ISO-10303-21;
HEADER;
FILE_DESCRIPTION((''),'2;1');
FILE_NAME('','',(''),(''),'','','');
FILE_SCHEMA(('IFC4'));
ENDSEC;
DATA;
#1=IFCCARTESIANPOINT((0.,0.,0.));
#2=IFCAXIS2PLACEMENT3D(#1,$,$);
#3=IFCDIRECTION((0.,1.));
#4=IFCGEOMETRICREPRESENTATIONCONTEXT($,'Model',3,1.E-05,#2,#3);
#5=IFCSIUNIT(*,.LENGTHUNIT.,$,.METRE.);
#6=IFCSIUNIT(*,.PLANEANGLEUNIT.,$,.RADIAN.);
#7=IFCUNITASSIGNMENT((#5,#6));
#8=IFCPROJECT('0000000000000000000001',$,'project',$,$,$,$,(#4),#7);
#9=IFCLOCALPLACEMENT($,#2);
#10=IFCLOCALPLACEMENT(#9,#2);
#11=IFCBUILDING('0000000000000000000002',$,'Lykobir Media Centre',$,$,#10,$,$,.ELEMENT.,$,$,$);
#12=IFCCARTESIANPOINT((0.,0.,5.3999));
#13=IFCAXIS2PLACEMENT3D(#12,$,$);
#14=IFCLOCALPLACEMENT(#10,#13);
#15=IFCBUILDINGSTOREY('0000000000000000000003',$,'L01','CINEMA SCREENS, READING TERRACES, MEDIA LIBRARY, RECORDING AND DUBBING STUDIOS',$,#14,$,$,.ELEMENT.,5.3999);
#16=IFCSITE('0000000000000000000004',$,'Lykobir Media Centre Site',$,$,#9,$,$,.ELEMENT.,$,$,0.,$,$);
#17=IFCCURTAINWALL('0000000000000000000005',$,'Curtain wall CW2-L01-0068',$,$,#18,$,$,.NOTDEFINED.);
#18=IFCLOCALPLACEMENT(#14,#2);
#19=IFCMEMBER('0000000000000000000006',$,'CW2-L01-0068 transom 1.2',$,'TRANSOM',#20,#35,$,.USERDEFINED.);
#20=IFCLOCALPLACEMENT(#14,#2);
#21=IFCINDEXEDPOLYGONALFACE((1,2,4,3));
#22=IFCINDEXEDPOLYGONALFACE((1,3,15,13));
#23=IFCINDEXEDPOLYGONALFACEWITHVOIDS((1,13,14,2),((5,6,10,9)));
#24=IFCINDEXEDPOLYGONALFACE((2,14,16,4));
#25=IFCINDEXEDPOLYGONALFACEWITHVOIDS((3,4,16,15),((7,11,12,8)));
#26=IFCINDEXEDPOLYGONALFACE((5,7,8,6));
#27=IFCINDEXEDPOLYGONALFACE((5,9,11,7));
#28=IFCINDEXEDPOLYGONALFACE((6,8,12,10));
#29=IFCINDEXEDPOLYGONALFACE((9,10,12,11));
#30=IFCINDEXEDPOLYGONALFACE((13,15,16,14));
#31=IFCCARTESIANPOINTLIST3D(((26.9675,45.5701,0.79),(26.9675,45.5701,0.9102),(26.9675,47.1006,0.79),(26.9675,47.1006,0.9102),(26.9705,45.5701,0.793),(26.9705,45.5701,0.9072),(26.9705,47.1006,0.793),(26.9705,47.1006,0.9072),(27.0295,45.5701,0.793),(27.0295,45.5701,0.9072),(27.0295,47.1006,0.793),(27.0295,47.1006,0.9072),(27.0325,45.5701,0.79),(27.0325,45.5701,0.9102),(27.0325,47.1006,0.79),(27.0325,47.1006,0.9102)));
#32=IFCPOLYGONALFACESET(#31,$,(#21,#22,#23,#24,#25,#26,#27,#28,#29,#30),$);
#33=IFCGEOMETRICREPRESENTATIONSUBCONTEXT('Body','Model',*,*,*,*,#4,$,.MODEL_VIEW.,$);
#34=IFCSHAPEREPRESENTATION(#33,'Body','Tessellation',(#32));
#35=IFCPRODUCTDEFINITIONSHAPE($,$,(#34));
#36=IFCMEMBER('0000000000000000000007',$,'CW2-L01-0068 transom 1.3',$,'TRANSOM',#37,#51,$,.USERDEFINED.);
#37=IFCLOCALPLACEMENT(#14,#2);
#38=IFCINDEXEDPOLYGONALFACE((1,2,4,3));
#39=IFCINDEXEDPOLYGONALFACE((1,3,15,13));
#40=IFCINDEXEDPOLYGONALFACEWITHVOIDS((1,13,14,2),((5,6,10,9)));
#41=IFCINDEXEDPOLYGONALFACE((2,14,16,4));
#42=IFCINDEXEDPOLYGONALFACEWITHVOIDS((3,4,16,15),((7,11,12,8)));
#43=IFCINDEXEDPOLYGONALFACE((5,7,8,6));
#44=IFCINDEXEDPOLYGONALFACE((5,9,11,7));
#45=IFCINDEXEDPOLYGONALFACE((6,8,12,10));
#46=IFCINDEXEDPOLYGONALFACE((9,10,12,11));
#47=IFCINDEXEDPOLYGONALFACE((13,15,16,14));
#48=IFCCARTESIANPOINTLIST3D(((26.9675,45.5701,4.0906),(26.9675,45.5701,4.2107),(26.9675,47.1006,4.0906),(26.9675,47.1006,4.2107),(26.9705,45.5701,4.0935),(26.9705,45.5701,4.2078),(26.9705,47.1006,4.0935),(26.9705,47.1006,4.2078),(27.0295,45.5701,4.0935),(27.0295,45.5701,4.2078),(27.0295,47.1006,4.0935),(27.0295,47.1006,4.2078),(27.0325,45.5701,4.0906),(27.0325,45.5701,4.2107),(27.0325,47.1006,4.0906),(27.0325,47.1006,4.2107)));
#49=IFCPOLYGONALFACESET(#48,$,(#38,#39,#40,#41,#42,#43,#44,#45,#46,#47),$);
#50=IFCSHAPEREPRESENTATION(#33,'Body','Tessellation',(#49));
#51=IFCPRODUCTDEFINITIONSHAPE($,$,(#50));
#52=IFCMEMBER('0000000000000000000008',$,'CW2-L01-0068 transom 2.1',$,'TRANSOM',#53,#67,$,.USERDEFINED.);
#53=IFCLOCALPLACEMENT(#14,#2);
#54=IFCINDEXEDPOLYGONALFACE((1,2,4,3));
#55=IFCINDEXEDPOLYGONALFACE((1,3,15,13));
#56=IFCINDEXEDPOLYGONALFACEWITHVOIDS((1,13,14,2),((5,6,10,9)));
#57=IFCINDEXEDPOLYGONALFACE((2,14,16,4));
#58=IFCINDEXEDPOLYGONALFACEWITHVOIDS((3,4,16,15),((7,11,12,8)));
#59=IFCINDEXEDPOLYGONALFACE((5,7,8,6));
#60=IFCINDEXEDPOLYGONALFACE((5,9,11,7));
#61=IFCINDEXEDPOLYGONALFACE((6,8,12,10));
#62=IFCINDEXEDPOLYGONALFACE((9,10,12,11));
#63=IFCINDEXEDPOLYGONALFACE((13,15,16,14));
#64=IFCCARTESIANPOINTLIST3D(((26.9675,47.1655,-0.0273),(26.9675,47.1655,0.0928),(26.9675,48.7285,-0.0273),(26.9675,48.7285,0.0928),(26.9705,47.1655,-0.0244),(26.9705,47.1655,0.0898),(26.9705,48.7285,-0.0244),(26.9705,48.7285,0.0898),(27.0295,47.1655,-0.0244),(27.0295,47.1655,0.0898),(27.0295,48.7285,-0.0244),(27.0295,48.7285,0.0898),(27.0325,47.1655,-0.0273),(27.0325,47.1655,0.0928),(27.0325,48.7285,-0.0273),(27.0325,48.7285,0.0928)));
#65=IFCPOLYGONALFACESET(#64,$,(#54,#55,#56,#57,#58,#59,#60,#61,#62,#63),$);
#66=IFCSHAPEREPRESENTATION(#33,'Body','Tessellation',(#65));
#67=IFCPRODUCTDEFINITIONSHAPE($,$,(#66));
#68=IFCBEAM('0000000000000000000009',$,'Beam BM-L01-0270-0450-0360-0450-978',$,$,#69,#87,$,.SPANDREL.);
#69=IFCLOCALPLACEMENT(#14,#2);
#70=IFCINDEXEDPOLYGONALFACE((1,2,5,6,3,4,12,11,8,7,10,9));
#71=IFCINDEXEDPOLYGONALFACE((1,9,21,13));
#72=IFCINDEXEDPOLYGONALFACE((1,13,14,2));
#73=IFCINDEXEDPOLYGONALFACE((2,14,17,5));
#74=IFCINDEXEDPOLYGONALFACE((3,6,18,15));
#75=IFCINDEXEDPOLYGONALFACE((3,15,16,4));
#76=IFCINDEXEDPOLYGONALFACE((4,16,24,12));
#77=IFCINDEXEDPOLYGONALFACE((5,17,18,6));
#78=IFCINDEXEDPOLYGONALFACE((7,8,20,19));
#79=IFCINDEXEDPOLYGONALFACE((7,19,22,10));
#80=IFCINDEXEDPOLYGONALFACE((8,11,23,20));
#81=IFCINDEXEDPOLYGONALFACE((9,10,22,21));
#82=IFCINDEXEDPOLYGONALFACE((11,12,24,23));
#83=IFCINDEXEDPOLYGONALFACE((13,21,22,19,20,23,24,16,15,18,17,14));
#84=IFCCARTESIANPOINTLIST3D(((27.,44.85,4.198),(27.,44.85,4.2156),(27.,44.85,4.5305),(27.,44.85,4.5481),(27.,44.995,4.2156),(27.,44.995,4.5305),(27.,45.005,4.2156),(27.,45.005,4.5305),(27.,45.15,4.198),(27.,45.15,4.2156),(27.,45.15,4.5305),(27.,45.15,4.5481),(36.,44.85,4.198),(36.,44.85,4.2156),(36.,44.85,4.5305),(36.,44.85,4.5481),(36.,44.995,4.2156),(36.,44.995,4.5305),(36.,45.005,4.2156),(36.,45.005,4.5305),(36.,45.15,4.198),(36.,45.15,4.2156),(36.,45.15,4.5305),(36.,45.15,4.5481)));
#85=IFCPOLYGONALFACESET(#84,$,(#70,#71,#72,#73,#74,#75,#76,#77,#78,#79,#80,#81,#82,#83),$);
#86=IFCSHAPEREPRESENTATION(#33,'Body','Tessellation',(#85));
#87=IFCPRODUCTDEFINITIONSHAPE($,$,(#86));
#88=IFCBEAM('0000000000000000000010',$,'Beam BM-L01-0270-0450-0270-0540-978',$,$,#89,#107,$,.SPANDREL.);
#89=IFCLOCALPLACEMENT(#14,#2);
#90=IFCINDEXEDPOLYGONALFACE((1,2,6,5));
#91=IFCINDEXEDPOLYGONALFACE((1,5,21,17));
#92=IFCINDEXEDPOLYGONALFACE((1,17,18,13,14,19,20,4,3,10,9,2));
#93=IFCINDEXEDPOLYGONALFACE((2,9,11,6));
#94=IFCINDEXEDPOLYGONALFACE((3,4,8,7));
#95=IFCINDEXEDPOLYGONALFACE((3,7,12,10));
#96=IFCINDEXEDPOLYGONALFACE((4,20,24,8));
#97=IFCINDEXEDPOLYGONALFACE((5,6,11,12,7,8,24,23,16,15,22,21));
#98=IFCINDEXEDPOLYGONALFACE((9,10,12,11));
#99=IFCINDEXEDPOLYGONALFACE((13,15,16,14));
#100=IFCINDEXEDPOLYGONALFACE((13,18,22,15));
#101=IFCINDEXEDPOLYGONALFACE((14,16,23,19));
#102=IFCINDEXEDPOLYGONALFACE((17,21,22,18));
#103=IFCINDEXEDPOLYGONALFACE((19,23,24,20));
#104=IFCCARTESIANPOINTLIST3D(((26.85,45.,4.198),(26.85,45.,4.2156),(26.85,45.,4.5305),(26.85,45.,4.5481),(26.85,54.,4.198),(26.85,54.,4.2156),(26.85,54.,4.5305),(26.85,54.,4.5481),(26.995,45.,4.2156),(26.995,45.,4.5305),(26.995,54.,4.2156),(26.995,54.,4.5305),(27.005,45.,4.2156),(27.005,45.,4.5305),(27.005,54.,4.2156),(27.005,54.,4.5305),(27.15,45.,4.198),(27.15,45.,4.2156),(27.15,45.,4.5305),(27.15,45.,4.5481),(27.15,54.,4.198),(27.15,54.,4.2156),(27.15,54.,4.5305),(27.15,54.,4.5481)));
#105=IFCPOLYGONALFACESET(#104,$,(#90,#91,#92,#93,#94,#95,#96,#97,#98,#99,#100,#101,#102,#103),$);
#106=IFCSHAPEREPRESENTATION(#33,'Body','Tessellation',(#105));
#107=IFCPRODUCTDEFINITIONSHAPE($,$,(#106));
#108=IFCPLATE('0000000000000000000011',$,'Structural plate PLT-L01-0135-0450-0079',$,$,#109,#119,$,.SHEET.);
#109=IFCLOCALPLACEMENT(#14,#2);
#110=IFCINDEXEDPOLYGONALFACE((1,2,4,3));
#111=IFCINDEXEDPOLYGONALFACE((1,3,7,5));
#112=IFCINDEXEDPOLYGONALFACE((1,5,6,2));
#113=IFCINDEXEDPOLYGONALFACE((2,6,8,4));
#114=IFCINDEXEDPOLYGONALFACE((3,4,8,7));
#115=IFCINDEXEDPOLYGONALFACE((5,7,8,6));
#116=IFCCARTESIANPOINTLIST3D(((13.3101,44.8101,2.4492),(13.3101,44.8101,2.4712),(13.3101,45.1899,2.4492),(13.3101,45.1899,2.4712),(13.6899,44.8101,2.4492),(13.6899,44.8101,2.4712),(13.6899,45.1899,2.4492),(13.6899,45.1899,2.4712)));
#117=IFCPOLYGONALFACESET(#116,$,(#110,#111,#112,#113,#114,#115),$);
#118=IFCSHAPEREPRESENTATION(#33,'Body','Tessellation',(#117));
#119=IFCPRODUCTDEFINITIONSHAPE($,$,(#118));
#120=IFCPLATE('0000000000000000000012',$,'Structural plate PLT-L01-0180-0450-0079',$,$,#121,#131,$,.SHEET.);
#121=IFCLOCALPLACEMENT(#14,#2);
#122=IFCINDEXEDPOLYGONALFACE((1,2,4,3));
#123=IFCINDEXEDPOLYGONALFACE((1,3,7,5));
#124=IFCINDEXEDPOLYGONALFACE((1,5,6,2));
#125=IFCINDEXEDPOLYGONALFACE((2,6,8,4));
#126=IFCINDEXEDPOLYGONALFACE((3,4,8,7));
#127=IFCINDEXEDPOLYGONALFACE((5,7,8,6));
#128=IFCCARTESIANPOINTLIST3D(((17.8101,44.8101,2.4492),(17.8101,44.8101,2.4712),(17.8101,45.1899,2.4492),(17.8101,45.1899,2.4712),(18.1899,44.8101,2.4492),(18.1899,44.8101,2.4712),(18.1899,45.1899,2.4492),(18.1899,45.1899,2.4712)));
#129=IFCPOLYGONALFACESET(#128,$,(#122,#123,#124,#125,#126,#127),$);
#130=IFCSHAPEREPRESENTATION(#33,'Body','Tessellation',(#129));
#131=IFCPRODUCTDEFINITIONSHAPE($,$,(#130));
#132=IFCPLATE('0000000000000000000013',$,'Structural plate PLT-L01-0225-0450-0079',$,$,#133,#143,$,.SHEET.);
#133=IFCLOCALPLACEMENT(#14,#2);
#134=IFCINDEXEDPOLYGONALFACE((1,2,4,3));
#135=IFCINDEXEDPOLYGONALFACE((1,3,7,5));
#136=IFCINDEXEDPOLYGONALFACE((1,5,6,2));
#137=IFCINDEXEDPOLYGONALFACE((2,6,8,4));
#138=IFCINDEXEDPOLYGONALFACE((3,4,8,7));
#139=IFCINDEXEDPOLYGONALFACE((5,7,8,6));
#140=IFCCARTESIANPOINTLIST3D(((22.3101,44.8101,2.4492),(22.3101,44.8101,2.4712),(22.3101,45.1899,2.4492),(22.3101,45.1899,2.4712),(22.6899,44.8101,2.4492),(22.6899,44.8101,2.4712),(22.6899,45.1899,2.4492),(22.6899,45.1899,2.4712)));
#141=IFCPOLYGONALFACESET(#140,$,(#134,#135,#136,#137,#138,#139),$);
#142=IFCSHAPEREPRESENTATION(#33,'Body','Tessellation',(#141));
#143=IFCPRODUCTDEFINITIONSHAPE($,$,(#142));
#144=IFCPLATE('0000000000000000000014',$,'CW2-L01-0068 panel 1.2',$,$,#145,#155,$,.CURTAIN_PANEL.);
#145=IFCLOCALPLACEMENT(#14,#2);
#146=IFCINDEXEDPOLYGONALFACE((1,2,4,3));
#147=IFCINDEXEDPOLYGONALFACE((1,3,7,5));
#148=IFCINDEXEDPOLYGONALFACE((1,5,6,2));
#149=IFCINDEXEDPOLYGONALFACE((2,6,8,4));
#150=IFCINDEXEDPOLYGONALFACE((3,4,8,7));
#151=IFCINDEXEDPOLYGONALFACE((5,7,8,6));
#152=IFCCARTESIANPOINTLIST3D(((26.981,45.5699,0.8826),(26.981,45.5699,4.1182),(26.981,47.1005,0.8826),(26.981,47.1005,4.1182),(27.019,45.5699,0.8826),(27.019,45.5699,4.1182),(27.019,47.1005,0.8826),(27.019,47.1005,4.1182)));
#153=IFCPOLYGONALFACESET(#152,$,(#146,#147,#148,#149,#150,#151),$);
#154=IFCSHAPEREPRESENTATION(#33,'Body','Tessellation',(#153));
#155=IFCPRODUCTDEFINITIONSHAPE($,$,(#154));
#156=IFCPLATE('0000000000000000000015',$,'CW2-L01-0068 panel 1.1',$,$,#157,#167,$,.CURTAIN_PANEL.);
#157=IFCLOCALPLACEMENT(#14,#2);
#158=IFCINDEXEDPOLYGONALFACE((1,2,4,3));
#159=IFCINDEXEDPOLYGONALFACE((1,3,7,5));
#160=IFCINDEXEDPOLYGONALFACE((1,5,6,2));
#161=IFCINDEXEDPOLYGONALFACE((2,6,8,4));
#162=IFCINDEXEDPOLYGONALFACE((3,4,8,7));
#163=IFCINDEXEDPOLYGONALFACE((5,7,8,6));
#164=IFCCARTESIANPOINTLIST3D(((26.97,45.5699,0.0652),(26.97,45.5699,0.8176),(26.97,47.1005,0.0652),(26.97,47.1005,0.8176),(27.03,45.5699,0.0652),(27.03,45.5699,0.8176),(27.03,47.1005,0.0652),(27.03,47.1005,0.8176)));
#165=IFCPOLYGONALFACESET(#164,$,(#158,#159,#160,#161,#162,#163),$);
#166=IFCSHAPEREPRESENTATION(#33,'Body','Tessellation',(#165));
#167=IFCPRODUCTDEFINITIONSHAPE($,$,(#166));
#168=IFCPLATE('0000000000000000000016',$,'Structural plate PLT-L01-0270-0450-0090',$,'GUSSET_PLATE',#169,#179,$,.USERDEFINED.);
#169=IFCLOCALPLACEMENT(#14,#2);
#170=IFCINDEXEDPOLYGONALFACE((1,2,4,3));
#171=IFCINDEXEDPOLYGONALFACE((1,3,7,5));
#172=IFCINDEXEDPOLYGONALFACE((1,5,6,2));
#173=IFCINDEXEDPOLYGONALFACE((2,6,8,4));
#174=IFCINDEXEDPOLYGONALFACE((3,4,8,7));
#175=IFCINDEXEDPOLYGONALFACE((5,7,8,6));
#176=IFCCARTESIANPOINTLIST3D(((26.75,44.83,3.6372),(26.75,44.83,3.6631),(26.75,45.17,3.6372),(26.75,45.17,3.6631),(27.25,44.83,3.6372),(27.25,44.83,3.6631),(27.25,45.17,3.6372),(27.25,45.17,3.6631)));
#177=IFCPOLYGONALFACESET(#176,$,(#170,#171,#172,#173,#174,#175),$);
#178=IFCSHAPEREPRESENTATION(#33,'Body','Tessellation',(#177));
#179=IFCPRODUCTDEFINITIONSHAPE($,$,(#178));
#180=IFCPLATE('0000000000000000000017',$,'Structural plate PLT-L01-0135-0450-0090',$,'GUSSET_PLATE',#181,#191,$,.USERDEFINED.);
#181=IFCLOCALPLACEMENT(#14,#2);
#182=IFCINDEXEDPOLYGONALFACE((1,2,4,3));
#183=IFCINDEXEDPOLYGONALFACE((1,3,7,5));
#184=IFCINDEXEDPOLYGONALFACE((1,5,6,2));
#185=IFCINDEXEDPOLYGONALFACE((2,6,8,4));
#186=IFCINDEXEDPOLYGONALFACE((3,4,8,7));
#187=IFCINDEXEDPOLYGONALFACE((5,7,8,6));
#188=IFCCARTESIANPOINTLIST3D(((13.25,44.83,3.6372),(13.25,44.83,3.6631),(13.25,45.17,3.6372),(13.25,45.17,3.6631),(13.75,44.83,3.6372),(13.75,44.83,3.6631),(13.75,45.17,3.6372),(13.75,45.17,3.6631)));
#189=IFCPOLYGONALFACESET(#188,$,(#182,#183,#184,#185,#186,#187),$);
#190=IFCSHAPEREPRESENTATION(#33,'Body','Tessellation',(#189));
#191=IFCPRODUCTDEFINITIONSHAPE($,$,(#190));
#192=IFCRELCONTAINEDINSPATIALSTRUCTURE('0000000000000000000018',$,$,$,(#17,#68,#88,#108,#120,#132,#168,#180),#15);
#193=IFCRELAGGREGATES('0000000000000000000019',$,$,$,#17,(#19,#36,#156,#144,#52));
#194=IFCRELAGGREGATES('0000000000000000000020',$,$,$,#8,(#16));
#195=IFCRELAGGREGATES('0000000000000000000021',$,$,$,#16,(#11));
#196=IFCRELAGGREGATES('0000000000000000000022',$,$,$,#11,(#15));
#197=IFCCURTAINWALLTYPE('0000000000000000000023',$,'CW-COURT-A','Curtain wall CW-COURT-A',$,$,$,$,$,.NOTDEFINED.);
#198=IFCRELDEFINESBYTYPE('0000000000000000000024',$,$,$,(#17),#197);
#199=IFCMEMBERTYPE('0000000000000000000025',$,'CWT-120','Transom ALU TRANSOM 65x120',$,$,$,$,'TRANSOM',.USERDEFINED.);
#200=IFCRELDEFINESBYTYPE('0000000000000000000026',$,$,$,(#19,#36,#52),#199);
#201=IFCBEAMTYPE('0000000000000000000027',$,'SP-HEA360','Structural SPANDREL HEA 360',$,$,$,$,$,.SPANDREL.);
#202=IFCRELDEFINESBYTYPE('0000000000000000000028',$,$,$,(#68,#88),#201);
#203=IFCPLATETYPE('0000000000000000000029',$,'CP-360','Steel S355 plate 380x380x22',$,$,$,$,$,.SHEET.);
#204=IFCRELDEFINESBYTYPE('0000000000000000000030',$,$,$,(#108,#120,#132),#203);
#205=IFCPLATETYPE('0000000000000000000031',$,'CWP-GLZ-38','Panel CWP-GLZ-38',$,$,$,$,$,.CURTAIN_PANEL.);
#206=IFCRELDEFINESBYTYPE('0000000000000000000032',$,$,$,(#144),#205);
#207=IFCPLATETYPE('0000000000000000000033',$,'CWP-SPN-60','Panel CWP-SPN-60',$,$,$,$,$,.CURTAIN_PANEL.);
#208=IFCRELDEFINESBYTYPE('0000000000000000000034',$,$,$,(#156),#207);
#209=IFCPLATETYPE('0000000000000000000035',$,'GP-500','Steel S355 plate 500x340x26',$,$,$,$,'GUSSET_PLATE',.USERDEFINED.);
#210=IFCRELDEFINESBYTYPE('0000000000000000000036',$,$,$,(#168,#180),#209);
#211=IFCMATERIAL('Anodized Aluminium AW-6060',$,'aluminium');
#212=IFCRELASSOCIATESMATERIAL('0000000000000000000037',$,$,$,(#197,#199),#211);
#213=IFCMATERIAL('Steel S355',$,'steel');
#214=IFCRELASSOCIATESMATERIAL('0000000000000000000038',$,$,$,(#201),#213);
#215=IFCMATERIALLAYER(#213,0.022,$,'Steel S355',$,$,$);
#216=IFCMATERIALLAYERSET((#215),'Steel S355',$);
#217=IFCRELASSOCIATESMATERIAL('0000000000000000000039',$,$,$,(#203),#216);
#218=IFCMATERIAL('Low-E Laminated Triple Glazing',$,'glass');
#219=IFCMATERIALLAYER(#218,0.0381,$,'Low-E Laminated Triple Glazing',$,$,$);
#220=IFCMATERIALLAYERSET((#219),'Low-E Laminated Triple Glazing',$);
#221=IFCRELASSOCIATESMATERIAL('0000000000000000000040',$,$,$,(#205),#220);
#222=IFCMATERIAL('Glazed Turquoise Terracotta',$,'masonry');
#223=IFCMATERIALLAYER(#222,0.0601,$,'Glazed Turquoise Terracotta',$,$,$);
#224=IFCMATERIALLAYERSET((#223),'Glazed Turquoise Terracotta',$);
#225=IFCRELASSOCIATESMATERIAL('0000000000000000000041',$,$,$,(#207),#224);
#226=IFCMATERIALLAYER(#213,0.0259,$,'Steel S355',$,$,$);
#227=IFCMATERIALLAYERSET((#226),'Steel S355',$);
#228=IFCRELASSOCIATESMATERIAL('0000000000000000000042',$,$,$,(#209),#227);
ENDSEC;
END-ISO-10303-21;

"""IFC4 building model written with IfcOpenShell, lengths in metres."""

from ifc_helpers import new_model, si_unit, direction, frame, origin, origin_2d, place, context, subcontext, project, spatial, rectangle, hollow_rectangle, i_section, extrude, material, layer, layer_set, material_profile, profile_set, type_object, element, aggregate, save


model = new_model("IFC4")

# Units and contexts
model_context = context("Model", 3, precision=1e-05, world=origin(), true_north=direction((0.0, 1.0)))
body_context = subcontext(model_context, "Body", "Model", "MODEL_VIEW")
ifc_project = project(units=[si_unit("LENGTHUNIT", "METRE"), si_unit("PLANEANGLEUNIT", "RADIAN")], contexts=[model_context])

# Site, building, storey
site_placement = place(None, origin())
site = spatial("IfcSite", under=ifc_project, at=site_placement, Name="Lykobir Media Centre Site", CompositionType="ELEMENT", RefElevation=0.0)
building_placement = place(site_placement, origin())
building = spatial("IfcBuilding", under=site, at=building_placement, Name="Lykobir Media Centre", CompositionType="ELEMENT")
storey_placement = place(building_placement, frame((0.0, 0.0, 5.3999)))
storey = spatial("IfcBuildingStorey", under=building, at=storey_placement, Name="L01", Description="CINEMA SCREENS, READING TERRACES, MEDIA LIBRARY, RECORDING AND DUBBING STUDIOS", CompositionType="ELEMENT", Elevation=5.3999)

# Shared definitions
ifc_material_1 = material(Name="Steel S355", Category="steel")

# Curtain wall, members
ifc_material_2 = material(Name="Anodized Aluminium AW-6060", Category="aluminium")
curtain_wall_type = type_object("IfcCurtainWallType", Name="CW-COURT-A", Description="Curtain wall CW-COURT-A", PredefinedType="NOTDEFINED", material=ifc_material_2)
curtain_wall_placement = place(storey_placement, origin())
curtain_wall = element("IfcCurtainWall", 1, at=curtain_wall_placement, inside=storey, type_object=curtain_wall_type, Name="Curtain wall CW2-L01-0068", PredefinedType="NOTDEFINED")
ifc_material_profile_1 = material_profile(ifc_material_2, hollow_rectangle(XDim=0.0649, YDim=0.1201, WallThickness=0.0029, at=origin_2d()), Name="ALU TRANSOM 65x120")
ifc_profile_set_1 = profile_set([ifc_material_profile_1], Name="Anodized Aluminium AW-6060")
member_type_1 = type_object("IfcMemberType", Name="CWT-120", Description="Transom ALU TRANSOM 65x120", ElementType="TRANSOM", PredefinedType="USERDEFINED", material=ifc_profile_set_1)
member_1_placement = place(storey_placement, frame((27.0, 45.5701, 0.8501), z_axis=(0.0, 1.0, 0.0), x_axis=(-1.0, 0.0, 0.0)))
member_1 = element("IfcMember", 2, at=member_1_placement, type_object=member_type_1, Name="CW2-L01-0068 transom 1.2", ObjectType="TRANSOM", PredefinedType="USERDEFINED", context=body_context, shape_type="SweptSolid", body=[
    extrude(hollow_rectangle(XDim=0.0649, YDim=0.1201, WallThickness=0.0029, at=origin_2d()), origin(), (0.0, 0.0, 1.0), 1.5305),
])
member_2_placement = place(storey_placement, frame((27.0, 45.5701, 4.1506), z_axis=(0.0, 1.0, 0.0), x_axis=(-1.0, 0.0, 0.0)))
member_2 = element("IfcMember", 3, at=member_2_placement, type_object=member_type_1, Name="CW2-L01-0068 transom 1.3", ObjectType="TRANSOM", PredefinedType="USERDEFINED", context=body_context, shape_type="SweptSolid", body=[
    extrude(hollow_rectangle(XDim=0.0649, YDim=0.1201, WallThickness=0.0029, at=origin_2d()), origin(), (0.0, 0.0, 1.0), 1.5305),
])
member_3_placement = place(storey_placement, frame((27.0, 47.1655, 0.0327), z_axis=(0.0, 1.0, 0.0), x_axis=(-1.0, 0.0, 0.0)))
member_3 = element("IfcMember", 4, at=member_3_placement, type_object=member_type_1, Name="CW2-L01-0068 transom 2.1", ObjectType="TRANSOM", PredefinedType="USERDEFINED", context=body_context, shape_type="SweptSolid", body=[
    extrude(hollow_rectangle(XDim=0.0649, YDim=0.1201, WallThickness=0.0029, at=origin_2d()), origin(), (0.0, 0.0, 1.0), 1.563),
])

# Beams
ifc_material_profile_2 = material_profile(ifc_material_1, i_section(OverallWidth=0.3, OverallDepth=0.3501, WebThickness=0.01, FlangeThickness=0.0176, at=origin_2d()), Name="HEA 360")
ifc_profile_set_2 = profile_set([ifc_material_profile_2], Name="Steel S355")
beam_type = type_object("IfcBeamType", Name="SP-HEA360", Description="Structural SPANDREL HEA 360", PredefinedType="SPANDREL", material=ifc_profile_set_2)
for number, where, z_axis, x_axis, name in (
    (5, (27.0, 45.0, 4.373), (1.0, 0.0, 0.0), (0.0, 1.0, 0.0), "Beam BM-L01-0270-0450-0360-0450-978"),
    (6, (27.0, 45.0, 4.373), (0.0, 1.0, 0.0), (-1.0, 0.0, 0.0), "Beam BM-L01-0270-0450-0270-0540-978"),
):
    element("IfcBeam", number, at=place(storey_placement, frame(where, z_axis=z_axis, x_axis=x_axis)), inside=storey, type_object=beam_type, Name=name, PredefinedType="SPANDREL", context=body_context, shape_type="SweptSolid", body=[
        extrude(i_section(OverallWidth=0.3, OverallDepth=0.3501, WebThickness=0.01, FlangeThickness=0.0176, at=origin_2d()), origin(), (0.0, 0.0, 1.0), 9.0),
    ])

# Plates
ifc_layer_1 = layer(ifc_material_1, 0.022, Name="Steel S355")
ifc_layer_set_1 = layer_set([ifc_layer_1], Name="Steel S355")
plate_type_1 = type_object("IfcPlateType", Name="CP-360", Description="Steel S355 plate 380x380x22", PredefinedType="SHEET", material=ifc_layer_set_1)
for number, where, z_axis, x_axis, name in (
    (7, (13.5, 45.0, 2.4492), (0.0, 0.0, 1.0), (1.0, 0.0, 0.0), "Structural plate PLT-L01-0135-0450-0079"),
    (8, (18.0, 45.0, 2.4492), (0.0, 0.0, 1.0), (1.0, 0.0, 0.0), "Structural plate PLT-L01-0180-0450-0079"),
    (9, (22.5, 45.0, 2.4492), (0.0, 0.0, 1.0), (1.0, 0.0, 0.0), "Structural plate PLT-L01-0225-0450-0079"),
):
    element("IfcPlate", number, at=place(storey_placement, frame(where, z_axis=z_axis, x_axis=x_axis)), inside=storey, type_object=plate_type_1, Name=name, PredefinedType="SHEET", context=body_context, shape_type="SweptSolid", body=[
        extrude(rectangle(XDim=0.3799, YDim=0.3799, at=origin_2d()), origin(), (0.0, 0.0, 1.0), 0.022),
    ])

# Plates
ifc_material_3 = material(Name="Low-E Laminated Triple Glazing", Category="glass")
ifc_layer_2 = layer(ifc_material_3, 0.0381, Name="Low-E Laminated Triple Glazing")
ifc_layer_set_2 = layer_set([ifc_layer_2], Name="Low-E Laminated Triple Glazing")
plate_type_2 = type_object("IfcPlateType", Name="CWP-GLZ-38", Description="Panel CWP-GLZ-38", PredefinedType="CURTAIN_PANEL", material=ifc_layer_set_2)
plate_1_placement = place(storey_placement, frame((27.0, 46.3352, 0.8826), z_axis=(0.0, 0.0, 1.0), x_axis=(0.0, 1.0, 0.0)))
plate_1 = element("IfcPlate", 10, at=plate_1_placement, type_object=plate_type_2, Name="CW2-L01-0068 panel 1.2", PredefinedType="CURTAIN_PANEL", context=body_context, shape_type="SweptSolid", body=[
    extrude(rectangle(XDim=1.5305, YDim=0.0381, at=origin_2d()), origin(), (0.0, 0.0, 1.0), 3.2356),
])
ifc_material_4 = material(Name="Glazed Turquoise Terracotta", Category="masonry")
ifc_layer_3 = layer(ifc_material_4, 0.0601, Name="Glazed Turquoise Terracotta")
ifc_layer_set_3 = layer_set([ifc_layer_3], Name="Glazed Turquoise Terracotta")
plate_type_3 = type_object("IfcPlateType", Name="CWP-SPN-60", Description="Panel CWP-SPN-60", PredefinedType="CURTAIN_PANEL", material=ifc_layer_set_3)
plate_2_placement = place(storey_placement, frame((27.0, 46.3352, 0.0652), z_axis=(0.0, 0.0, 1.0), x_axis=(0.0, 1.0, 0.0)))
plate_2 = element("IfcPlate", 11, at=plate_2_placement, type_object=plate_type_3, Name="CW2-L01-0068 panel 1.1", PredefinedType="CURTAIN_PANEL", context=body_context, shape_type="SweptSolid", body=[
    extrude(rectangle(XDim=1.5305, YDim=0.0601, at=origin_2d()), origin(), (0.0, 0.0, 1.0), 0.7524),
])
aggregate(curtain_wall, [member_1, member_2, plate_2, plate_1, member_3])

# Plates
ifc_layer_4 = layer(ifc_material_1, 0.0259, Name="Steel S355")
ifc_layer_set_4 = layer_set([ifc_layer_4], Name="Steel S355")
plate_type_4 = type_object("IfcPlateType", Name="GP-500", Description="Steel S355 plate 500x340x26", ElementType="GUSSET_PLATE", PredefinedType="USERDEFINED", material=ifc_layer_set_4)
for number, where, z_axis, x_axis, name in (
    (12, (27.0, 45.0, 3.6372), (0.0, 0.0, 1.0), (1.0, 0.0, 0.0), "Structural plate PLT-L01-0270-0450-0090"),
    (13, (13.5, 45.0, 3.6372), (0.0, 0.0, 1.0), (1.0, 0.0, 0.0), "Structural plate PLT-L01-0135-0450-0090"),
):
    element("IfcPlate", number, at=place(storey_placement, frame(where, z_axis=z_axis, x_axis=x_axis)), inside=storey, type_object=plate_type_4, Name=name, ObjectType="GUSSET_PLATE", PredefinedType="USERDEFINED", context=body_context, shape_type="SweptSolid", body=[
        extrude(rectangle(XDim=0.5, YDim=0.3401, at=origin_2d()), origin(), (0.0, 0.0, 1.0), 0.0259),
    ])

save(model, "model.ifc")
